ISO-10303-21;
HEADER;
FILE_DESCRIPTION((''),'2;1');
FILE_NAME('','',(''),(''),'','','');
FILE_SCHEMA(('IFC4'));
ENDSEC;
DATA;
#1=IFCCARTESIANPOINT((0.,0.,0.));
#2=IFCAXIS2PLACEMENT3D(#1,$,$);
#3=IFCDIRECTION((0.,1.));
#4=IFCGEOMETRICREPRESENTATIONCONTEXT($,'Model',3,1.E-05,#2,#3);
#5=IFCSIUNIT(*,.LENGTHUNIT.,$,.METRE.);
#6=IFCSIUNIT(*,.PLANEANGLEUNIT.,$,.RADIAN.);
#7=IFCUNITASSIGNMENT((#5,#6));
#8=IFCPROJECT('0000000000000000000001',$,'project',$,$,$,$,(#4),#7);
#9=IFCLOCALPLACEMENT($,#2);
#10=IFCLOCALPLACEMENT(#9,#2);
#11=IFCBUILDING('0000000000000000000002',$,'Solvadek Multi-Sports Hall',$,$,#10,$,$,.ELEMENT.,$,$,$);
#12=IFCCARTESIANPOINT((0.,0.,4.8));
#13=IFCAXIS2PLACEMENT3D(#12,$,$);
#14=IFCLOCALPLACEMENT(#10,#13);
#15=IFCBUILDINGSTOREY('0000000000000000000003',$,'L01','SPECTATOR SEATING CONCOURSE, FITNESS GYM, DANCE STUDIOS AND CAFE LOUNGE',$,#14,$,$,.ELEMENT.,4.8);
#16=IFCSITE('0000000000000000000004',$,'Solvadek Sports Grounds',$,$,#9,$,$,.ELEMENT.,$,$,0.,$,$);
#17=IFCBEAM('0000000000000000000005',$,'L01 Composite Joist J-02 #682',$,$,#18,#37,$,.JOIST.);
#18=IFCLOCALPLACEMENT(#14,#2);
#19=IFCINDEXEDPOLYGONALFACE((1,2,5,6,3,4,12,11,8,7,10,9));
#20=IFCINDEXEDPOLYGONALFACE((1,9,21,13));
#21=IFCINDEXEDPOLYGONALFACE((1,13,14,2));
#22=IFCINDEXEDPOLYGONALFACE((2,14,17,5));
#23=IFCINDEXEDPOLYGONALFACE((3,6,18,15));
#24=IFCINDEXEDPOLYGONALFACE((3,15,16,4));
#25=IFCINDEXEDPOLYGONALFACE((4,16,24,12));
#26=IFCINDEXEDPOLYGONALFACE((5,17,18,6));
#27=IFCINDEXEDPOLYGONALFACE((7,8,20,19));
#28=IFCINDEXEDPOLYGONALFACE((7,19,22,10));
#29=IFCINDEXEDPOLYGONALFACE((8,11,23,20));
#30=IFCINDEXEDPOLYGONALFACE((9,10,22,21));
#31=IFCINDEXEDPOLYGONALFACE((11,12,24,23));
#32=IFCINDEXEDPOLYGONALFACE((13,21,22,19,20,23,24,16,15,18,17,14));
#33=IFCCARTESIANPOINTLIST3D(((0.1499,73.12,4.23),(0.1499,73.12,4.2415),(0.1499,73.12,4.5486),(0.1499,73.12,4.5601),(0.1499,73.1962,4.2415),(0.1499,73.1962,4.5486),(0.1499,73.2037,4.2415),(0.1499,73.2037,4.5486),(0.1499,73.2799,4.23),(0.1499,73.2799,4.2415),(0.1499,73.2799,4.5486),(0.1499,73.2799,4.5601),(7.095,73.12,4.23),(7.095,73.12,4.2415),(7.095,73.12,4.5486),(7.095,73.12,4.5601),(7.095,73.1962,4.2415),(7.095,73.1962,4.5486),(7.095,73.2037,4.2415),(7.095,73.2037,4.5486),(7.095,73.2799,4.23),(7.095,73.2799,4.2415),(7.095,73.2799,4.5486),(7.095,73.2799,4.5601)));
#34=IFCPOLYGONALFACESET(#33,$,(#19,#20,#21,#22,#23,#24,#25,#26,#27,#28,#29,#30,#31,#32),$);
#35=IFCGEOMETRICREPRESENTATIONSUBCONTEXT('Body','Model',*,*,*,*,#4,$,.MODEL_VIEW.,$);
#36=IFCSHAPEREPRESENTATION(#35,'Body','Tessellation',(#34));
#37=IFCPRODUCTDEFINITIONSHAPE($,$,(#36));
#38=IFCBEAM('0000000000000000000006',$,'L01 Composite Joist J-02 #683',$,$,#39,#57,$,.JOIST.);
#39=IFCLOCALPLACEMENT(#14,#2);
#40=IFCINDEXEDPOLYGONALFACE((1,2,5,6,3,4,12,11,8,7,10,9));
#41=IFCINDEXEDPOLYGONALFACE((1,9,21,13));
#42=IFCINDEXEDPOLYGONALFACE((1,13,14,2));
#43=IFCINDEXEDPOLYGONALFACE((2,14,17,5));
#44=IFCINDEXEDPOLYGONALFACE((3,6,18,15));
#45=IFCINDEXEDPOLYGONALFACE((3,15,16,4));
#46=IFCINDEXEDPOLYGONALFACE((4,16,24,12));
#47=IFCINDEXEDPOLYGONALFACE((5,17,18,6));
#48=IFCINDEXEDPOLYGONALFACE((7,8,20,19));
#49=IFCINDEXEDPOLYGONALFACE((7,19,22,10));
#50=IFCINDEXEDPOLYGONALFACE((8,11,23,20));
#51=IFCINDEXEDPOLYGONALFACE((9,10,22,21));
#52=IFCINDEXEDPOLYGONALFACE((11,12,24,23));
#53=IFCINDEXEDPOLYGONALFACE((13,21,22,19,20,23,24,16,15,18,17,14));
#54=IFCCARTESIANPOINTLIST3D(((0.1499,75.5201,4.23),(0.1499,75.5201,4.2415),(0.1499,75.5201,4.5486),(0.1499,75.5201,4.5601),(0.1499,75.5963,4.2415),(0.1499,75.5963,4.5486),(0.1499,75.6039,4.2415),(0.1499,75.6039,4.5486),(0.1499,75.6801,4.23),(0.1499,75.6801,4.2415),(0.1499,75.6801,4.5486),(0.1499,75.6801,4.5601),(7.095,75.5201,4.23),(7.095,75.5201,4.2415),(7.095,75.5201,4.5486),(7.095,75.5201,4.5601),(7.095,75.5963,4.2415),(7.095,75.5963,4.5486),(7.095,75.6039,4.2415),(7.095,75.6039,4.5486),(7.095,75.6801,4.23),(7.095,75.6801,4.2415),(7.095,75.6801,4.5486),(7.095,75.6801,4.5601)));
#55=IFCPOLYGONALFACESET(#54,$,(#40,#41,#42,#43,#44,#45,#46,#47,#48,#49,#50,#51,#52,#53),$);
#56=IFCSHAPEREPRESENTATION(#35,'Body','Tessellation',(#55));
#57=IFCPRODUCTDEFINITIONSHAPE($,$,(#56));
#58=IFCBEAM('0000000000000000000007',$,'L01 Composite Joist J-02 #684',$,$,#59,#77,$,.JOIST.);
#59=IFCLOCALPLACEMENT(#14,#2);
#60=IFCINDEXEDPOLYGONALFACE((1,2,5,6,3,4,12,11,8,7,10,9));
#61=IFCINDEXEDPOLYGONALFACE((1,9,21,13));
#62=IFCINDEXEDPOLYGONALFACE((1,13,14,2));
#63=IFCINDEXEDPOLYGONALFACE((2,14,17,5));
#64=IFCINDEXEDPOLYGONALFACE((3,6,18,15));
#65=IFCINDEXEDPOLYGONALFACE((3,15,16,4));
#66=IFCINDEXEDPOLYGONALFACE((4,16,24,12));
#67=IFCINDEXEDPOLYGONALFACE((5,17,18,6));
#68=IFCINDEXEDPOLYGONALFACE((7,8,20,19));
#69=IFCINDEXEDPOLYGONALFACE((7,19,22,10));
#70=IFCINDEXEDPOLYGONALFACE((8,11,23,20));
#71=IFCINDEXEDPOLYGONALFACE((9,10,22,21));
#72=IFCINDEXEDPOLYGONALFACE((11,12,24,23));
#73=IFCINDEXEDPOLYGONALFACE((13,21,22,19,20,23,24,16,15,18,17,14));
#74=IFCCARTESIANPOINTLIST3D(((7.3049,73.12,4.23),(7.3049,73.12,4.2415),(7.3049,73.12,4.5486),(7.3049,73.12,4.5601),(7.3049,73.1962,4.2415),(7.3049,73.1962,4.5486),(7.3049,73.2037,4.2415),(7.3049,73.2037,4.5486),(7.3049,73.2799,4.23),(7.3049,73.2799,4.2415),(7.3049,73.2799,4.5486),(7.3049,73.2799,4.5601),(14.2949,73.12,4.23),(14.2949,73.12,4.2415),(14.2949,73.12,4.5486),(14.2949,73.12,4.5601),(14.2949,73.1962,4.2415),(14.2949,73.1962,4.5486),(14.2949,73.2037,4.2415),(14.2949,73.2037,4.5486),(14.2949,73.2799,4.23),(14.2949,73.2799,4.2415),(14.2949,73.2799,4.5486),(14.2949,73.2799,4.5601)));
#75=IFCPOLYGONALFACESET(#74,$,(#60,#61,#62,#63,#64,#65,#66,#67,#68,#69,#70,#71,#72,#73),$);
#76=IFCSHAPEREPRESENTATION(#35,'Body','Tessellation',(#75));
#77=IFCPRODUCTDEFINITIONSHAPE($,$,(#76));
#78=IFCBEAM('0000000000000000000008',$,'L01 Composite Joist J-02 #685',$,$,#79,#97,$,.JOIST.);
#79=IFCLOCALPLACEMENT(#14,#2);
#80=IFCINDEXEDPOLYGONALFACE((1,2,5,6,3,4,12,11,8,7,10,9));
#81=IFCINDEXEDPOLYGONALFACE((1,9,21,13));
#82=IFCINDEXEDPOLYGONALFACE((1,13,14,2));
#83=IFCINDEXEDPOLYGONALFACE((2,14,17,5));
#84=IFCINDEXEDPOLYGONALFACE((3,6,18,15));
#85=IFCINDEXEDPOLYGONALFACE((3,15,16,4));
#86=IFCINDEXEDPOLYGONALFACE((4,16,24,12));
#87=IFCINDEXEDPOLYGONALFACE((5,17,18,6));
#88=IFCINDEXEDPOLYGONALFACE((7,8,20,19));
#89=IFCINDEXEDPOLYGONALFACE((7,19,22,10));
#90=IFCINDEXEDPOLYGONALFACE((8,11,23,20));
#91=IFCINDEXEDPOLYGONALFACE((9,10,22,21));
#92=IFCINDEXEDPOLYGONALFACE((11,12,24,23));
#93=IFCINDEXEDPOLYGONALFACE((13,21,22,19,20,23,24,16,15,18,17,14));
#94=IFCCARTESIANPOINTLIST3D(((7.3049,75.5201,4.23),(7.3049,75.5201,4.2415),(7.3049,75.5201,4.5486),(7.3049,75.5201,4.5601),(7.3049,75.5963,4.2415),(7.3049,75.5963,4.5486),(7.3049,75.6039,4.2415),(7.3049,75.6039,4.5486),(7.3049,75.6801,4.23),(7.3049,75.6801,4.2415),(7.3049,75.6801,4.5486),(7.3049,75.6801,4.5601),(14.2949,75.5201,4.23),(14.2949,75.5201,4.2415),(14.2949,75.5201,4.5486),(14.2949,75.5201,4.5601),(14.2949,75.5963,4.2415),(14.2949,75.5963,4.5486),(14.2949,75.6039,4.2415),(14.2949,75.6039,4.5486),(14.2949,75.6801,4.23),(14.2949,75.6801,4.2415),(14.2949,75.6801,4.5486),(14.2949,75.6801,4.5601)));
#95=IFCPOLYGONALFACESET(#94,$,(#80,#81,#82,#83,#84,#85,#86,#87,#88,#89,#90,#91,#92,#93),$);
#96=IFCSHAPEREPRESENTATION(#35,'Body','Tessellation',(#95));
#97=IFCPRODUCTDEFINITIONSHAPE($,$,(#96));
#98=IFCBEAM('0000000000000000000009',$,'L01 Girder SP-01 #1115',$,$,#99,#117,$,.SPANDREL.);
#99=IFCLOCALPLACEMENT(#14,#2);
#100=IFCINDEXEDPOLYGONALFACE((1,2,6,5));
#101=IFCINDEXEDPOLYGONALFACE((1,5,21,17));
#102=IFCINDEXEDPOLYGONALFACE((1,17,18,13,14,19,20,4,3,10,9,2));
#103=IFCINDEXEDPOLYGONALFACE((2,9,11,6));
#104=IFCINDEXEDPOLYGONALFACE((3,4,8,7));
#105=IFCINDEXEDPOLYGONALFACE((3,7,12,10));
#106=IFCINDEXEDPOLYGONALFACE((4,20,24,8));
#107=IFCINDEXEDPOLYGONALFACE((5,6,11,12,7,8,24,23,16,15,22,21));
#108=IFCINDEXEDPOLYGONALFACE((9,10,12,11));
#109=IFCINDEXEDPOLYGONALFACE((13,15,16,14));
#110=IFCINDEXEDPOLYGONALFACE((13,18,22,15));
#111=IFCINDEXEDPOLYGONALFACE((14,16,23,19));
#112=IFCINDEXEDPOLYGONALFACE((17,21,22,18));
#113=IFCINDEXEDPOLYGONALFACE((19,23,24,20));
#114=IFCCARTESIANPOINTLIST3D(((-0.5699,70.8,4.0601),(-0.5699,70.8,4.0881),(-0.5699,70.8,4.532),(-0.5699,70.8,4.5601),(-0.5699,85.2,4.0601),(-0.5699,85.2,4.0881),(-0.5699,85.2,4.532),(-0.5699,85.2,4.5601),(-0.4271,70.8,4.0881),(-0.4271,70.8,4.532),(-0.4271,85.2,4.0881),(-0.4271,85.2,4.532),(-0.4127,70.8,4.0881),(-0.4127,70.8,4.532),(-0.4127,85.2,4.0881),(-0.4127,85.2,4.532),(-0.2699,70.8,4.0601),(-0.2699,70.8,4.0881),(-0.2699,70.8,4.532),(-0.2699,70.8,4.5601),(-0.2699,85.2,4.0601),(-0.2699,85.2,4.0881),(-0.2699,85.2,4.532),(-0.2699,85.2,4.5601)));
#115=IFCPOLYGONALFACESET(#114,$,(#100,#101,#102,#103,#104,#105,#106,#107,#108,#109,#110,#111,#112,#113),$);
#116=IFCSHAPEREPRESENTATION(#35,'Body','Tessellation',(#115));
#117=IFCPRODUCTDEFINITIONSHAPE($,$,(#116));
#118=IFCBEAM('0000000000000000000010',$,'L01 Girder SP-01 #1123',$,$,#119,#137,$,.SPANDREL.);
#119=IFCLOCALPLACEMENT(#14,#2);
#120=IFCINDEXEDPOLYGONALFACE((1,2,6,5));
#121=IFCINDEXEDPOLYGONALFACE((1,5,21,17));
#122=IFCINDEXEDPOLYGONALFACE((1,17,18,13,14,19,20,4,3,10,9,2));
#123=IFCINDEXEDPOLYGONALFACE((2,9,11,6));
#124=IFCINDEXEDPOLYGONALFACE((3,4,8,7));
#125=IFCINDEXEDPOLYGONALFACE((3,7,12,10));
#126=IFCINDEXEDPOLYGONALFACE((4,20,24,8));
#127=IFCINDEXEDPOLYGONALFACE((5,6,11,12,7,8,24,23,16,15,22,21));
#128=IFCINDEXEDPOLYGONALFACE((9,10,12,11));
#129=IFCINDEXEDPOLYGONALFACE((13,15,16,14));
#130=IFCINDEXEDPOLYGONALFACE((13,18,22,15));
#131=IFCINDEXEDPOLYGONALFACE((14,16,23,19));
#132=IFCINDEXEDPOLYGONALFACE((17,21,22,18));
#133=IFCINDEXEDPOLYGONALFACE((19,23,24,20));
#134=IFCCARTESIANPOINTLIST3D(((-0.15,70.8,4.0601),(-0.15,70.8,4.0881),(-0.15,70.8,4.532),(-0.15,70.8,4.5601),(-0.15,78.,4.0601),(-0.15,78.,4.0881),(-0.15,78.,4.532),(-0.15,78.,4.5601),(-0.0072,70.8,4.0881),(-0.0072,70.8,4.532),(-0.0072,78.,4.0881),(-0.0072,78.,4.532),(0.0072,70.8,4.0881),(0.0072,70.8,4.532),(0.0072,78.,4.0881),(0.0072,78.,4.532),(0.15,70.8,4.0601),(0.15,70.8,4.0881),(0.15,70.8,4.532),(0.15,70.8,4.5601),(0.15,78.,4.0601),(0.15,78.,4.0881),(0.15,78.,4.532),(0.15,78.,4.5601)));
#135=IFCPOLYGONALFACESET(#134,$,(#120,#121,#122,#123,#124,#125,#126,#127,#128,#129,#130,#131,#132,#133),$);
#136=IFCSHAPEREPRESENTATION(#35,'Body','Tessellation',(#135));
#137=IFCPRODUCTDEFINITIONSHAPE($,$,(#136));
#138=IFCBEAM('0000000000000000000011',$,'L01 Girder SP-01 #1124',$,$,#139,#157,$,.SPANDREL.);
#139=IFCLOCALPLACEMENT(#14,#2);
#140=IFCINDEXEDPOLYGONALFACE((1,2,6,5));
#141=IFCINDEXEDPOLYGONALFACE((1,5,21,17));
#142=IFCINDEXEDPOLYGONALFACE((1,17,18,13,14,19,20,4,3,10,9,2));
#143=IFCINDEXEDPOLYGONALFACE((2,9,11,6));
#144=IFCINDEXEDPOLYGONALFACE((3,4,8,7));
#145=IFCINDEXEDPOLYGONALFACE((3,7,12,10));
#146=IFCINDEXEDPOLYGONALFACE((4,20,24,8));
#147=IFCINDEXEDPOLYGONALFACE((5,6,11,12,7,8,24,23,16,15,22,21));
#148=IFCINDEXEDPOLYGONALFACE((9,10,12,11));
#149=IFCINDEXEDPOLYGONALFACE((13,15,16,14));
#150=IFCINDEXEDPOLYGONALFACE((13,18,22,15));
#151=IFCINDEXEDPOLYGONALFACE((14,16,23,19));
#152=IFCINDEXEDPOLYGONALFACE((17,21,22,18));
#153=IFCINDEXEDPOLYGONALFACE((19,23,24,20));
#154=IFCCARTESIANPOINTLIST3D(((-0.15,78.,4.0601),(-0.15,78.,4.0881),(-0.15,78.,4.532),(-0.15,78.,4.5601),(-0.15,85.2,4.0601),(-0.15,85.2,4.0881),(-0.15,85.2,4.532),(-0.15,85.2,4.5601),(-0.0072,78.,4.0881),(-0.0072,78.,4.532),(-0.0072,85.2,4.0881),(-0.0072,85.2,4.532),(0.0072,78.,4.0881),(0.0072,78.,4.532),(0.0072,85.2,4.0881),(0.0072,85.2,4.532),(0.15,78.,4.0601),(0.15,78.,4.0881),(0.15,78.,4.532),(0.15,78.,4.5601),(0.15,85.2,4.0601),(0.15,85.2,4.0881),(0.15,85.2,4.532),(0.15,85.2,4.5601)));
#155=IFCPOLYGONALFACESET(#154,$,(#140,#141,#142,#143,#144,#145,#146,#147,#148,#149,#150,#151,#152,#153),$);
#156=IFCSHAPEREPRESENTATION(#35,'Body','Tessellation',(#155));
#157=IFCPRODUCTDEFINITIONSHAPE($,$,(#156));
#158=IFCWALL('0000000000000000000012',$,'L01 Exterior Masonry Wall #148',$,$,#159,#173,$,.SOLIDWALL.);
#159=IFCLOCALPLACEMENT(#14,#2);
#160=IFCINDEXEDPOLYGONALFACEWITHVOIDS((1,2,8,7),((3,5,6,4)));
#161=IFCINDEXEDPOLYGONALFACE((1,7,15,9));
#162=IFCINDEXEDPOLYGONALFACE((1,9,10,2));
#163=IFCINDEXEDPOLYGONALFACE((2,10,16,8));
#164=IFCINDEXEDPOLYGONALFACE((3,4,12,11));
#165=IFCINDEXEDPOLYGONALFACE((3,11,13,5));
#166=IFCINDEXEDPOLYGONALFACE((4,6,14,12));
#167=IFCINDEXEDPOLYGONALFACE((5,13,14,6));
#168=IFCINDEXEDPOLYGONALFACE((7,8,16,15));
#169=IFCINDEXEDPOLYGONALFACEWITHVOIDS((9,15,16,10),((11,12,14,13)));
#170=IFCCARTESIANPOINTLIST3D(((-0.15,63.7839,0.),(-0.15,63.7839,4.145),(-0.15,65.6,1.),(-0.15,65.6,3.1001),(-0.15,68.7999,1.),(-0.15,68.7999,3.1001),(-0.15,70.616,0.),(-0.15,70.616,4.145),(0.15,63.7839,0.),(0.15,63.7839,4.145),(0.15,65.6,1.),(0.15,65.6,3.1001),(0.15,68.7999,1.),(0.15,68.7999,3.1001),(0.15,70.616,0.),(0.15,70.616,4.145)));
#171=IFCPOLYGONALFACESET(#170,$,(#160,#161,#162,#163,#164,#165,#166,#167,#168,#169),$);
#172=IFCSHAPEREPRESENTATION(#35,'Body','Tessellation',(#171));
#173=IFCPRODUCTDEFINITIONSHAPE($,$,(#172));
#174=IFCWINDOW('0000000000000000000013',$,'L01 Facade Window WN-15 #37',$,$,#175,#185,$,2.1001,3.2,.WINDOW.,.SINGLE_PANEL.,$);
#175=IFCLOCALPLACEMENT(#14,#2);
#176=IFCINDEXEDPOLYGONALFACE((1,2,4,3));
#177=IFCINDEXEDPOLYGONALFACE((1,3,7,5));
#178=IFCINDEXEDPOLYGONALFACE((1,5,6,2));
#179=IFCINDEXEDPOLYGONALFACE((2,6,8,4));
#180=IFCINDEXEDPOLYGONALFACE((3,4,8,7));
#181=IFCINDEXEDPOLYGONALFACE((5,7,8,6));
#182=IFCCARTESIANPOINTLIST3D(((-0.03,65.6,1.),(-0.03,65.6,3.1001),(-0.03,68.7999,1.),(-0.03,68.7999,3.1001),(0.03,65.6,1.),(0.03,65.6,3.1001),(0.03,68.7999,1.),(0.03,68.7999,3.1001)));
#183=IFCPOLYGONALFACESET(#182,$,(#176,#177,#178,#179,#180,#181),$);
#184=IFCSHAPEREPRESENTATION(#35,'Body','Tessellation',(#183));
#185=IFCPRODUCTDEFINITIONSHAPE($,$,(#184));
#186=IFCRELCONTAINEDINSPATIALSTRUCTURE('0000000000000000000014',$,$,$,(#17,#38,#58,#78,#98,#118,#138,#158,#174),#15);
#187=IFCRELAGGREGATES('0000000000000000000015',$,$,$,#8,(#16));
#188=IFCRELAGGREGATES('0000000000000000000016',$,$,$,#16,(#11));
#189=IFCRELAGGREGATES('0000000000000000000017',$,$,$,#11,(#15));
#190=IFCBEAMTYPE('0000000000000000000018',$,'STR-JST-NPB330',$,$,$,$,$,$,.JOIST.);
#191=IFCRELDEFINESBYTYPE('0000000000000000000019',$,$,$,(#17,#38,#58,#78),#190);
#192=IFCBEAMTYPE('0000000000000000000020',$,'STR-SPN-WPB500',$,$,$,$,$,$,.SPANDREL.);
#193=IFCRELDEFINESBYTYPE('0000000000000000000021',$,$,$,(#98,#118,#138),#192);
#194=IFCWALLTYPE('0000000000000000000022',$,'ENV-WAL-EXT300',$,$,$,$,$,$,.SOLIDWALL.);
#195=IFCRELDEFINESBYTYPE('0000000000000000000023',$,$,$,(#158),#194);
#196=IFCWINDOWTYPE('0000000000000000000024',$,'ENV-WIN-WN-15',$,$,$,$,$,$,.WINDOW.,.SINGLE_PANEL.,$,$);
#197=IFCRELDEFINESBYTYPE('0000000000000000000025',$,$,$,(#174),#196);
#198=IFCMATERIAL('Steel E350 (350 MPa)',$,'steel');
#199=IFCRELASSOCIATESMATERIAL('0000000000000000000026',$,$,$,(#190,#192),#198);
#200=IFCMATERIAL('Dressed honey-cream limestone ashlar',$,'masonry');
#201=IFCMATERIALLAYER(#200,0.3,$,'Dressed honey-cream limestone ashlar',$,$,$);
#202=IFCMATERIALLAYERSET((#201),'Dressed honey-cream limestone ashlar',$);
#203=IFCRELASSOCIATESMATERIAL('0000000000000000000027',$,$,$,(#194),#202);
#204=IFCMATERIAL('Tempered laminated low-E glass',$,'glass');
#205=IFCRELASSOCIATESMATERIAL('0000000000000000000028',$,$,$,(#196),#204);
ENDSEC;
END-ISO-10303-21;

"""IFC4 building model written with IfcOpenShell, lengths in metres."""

from ifc_helpers import new_model, si_unit, direction, frame, frame_2d, origin, origin_2d, place, context, subcontext, project, spatial, rectangle, i_section, extrude, material, layer, layer_set, material_profile, profile_set, type_object, element, fill, save


model = new_model("IFC4")

# Units and contexts
model_context = context("Model", 3, precision=1e-05, world=origin(), true_north=direction((0.0, 1.0)))
body_context = subcontext(model_context, "Body", "Model", "MODEL_VIEW")
ifc_project = project(units=[si_unit("LENGTHUNIT", "METRE"), si_unit("PLANEANGLEUNIT", "RADIAN")], contexts=[model_context])

# Site, building, storey
site_placement = place(None, origin())
site = spatial("IfcSite", under=ifc_project, at=site_placement, Name="Solvadek Sports Grounds", CompositionType="ELEMENT", RefElevation=0.0)
building_placement = place(site_placement, origin())
building = spatial("IfcBuilding", under=site, at=building_placement, Name="Solvadek Multi-Sports Hall", CompositionType="ELEMENT")
storey_placement = place(building_placement, frame((0.0, 0.0, 4.8)))
storey = spatial("IfcBuildingStorey", under=building, at=storey_placement, Name="L01", Description="SPECTATOR SEATING CONCOURSE, FITNESS GYM, DANCE STUDIOS AND CAFE LOUNGE", CompositionType="ELEMENT", Elevation=4.8)

# Shared definitions
ifc_material_1 = material(Name="Steel E350 (350 MPa)", Category="steel")

# Beams
ifc_material_profile_1 = material_profile(ifc_material_1, i_section(OverallWidth=0.1599, OverallDepth=0.3301, WebThickness=0.0076, FlangeThickness=0.0115, at=origin_2d()), Name="NPB 330")
ifc_profile_set_1 = profile_set([ifc_material_profile_1], Name="Steel E350 (350 MPa)")
beam_type_1 = type_object("IfcBeamType", Name="STR-JST-NPB330", PredefinedType="JOIST", material=ifc_profile_set_1)
for number, where, z_axis, x_axis, name in (
    (1, (0.1499, 73.2, 4.395), (1.0, 0.0, 0.0), (0.0, 1.0, 0.0), "L01 Composite Joist J-02 #682"),
    (2, (0.1499, 75.6001, 4.395), (1.0, 0.0, 0.0), (0.0, 1.0, 0.0), "L01 Composite Joist J-02 #683"),
):
    element("IfcBeam", number, at=place(storey_placement, frame(where, z_axis=z_axis, x_axis=x_axis)), inside=storey, type_object=beam_type_1, Name=name, PredefinedType="JOIST", context=body_context, shape_type="SweptSolid", body=[
        extrude(i_section(OverallWidth=0.1599, OverallDepth=0.3301, WebThickness=0.0076, FlangeThickness=0.0115, at=origin_2d()), origin(), (0.0, 0.0, 1.0), 6.9451),
    ])
for number, where, z_axis, x_axis, name in (
    (3, (7.3049, 73.2, 4.395), (1.0, 0.0, 0.0), (0.0, 1.0, 0.0), "L01 Composite Joist J-02 #684"),
    (4, (7.3049, 75.6001, 4.395), (1.0, 0.0, 0.0), (0.0, 1.0, 0.0), "L01 Composite Joist J-02 #685"),
):
    element("IfcBeam", number, at=place(storey_placement, frame(where, z_axis=z_axis, x_axis=x_axis)), inside=storey, type_object=beam_type_1, Name=name, PredefinedType="JOIST", context=body_context, shape_type="SweptSolid", body=[
        extrude(i_section(OverallWidth=0.1599, OverallDepth=0.3301, WebThickness=0.0076, FlangeThickness=0.0115, at=origin_2d()), origin(), (0.0, 0.0, 1.0), 6.99),
    ])
ifc_material_profile_2 = material_profile(ifc_material_1, i_section(OverallWidth=0.3, OverallDepth=0.5, WebThickness=0.0144, FlangeThickness=0.0281, at=origin_2d()), Name="WPB 500")
ifc_profile_set_2 = profile_set([ifc_material_profile_2], Name="Steel E350 (350 MPa)")
beam_type_2 = type_object("IfcBeamType", Name="STR-SPN-WPB500", PredefinedType="SPANDREL", material=ifc_profile_set_2)
beam_1_placement = place(storey_placement, frame((-0.4199, 70.8, 4.3101), z_axis=(0.0, 1.0, 0.0), x_axis=(-1.0, 0.0, 0.0)))
element("IfcBeam", 5, at=beam_1_placement, inside=storey, type_object=beam_type_2, Name="L01 Girder SP-01 #1115", PredefinedType="SPANDREL", context=body_context, shape_type="SweptSolid", body=[
    extrude(i_section(OverallWidth=0.3, OverallDepth=0.5, WebThickness=0.0144, FlangeThickness=0.0281, at=origin_2d()), origin(), (0.0, 0.0, 1.0), 14.3999),
])
for number, where, z_axis, x_axis, name in (
    (6, (0.0, 70.8, 4.3101), (0.0, 1.0, 0.0), (-1.0, 0.0, 0.0), "L01 Girder SP-01 #1123"),
    (7, (0.0, 78.0, 4.3101), (0.0, 1.0, 0.0), (-1.0, 0.0, 0.0), "L01 Girder SP-01 #1124"),
):
    element("IfcBeam", number, at=place(storey_placement, frame(where, z_axis=z_axis, x_axis=x_axis)), inside=storey, type_object=beam_type_2, Name=name, PredefinedType="SPANDREL", context=body_context, shape_type="SweptSolid", body=[
        extrude(i_section(OverallWidth=0.3, OverallDepth=0.5, WebThickness=0.0144, FlangeThickness=0.0281, at=origin_2d()), origin(), (0.0, 0.0, 1.0), 7.2),
    ])

# Wall, opening, window
ifc_material_2 = material(Name="Dressed honey-cream limestone ashlar", Category="masonry")
ifc_layer_1 = layer(ifc_material_2, 0.3, Name="Dressed honey-cream limestone ashlar")
ifc_layer_set_1 = layer_set([ifc_layer_1], Name="Dressed honey-cream limestone ashlar")
wall_type_1 = type_object("IfcWallType", Name="ENV-WAL-EXT300", PredefinedType="SOLIDWALL", material=ifc_layer_set_1)
wall_1_placement = place(storey_placement, frame((0.0, 63.7839, 0.0), z_axis=(0.0, 0.0, 1.0), x_axis=(0.0, 1.0, 0.0)))
wall_1 = element("IfcWall", 8, at=wall_1_placement, inside=storey, type_object=wall_type_1, Name="L01 Exterior Masonry Wall #148", PredefinedType="SOLIDWALL", context=body_context, shape_type="SweptSolid", body=[
    extrude(rectangle(XDim=6.832, YDim=0.3, at=frame_2d((3.416, 0.0))), origin(), (0.0, 0.0, 1.0), 4.145),
])
opening_1_placement = place(wall_1_placement, frame((1.8159, 0.0, 1.0)))
opening_1 = element("IfcOpeningElement", 9, at=opening_1_placement, cuts=wall_1, PredefinedType="OPENING", context=body_context, shape_type="SweptSolid", body=[
    extrude(rectangle(XDim=3.2, YDim=2.1001, at=frame_2d((1.6001, 1.05))), frame((0.0, 0.1599, 0.0), z_axis=(0.0, -1.0, 0.0), x_axis=(1.0, 0.0, 0.0)), (0.0, 0.0, 1.0), 0.3201),
])
ifc_material_3 = material(Name="Tempered laminated low-E glass", Category="glass")
window_type_1 = type_object("IfcWindowType", Name="ENV-WIN-WN-15", PartitioningType="SINGLE_PANEL", PredefinedType="WINDOW", material=ifc_material_3)
window_1_placement = place(opening_1_placement, origin())
window_1 = element("IfcWindow", 10, at=window_1_placement, inside=storey, type_object=window_type_1, Name="L01 Facade Window WN-15 #37", OverallHeight=2.1001, OverallWidth=3.2, PartitioningType="SINGLE_PANEL", PredefinedType="WINDOW", context=body_context, shape_type="SweptSolid", body=[
    extrude(rectangle(XDim=3.2, YDim=2.1001, at=frame_2d((1.6001, 1.05))), frame((0.0, 0.03, 0.0), z_axis=(0.0, -1.0, 0.0), x_axis=(1.0, 0.0, 0.0)), (0.0, 0.0, 1.0), 0.0601),
])
fill(opening_1, window_1)

save(model, "model.ifc")
